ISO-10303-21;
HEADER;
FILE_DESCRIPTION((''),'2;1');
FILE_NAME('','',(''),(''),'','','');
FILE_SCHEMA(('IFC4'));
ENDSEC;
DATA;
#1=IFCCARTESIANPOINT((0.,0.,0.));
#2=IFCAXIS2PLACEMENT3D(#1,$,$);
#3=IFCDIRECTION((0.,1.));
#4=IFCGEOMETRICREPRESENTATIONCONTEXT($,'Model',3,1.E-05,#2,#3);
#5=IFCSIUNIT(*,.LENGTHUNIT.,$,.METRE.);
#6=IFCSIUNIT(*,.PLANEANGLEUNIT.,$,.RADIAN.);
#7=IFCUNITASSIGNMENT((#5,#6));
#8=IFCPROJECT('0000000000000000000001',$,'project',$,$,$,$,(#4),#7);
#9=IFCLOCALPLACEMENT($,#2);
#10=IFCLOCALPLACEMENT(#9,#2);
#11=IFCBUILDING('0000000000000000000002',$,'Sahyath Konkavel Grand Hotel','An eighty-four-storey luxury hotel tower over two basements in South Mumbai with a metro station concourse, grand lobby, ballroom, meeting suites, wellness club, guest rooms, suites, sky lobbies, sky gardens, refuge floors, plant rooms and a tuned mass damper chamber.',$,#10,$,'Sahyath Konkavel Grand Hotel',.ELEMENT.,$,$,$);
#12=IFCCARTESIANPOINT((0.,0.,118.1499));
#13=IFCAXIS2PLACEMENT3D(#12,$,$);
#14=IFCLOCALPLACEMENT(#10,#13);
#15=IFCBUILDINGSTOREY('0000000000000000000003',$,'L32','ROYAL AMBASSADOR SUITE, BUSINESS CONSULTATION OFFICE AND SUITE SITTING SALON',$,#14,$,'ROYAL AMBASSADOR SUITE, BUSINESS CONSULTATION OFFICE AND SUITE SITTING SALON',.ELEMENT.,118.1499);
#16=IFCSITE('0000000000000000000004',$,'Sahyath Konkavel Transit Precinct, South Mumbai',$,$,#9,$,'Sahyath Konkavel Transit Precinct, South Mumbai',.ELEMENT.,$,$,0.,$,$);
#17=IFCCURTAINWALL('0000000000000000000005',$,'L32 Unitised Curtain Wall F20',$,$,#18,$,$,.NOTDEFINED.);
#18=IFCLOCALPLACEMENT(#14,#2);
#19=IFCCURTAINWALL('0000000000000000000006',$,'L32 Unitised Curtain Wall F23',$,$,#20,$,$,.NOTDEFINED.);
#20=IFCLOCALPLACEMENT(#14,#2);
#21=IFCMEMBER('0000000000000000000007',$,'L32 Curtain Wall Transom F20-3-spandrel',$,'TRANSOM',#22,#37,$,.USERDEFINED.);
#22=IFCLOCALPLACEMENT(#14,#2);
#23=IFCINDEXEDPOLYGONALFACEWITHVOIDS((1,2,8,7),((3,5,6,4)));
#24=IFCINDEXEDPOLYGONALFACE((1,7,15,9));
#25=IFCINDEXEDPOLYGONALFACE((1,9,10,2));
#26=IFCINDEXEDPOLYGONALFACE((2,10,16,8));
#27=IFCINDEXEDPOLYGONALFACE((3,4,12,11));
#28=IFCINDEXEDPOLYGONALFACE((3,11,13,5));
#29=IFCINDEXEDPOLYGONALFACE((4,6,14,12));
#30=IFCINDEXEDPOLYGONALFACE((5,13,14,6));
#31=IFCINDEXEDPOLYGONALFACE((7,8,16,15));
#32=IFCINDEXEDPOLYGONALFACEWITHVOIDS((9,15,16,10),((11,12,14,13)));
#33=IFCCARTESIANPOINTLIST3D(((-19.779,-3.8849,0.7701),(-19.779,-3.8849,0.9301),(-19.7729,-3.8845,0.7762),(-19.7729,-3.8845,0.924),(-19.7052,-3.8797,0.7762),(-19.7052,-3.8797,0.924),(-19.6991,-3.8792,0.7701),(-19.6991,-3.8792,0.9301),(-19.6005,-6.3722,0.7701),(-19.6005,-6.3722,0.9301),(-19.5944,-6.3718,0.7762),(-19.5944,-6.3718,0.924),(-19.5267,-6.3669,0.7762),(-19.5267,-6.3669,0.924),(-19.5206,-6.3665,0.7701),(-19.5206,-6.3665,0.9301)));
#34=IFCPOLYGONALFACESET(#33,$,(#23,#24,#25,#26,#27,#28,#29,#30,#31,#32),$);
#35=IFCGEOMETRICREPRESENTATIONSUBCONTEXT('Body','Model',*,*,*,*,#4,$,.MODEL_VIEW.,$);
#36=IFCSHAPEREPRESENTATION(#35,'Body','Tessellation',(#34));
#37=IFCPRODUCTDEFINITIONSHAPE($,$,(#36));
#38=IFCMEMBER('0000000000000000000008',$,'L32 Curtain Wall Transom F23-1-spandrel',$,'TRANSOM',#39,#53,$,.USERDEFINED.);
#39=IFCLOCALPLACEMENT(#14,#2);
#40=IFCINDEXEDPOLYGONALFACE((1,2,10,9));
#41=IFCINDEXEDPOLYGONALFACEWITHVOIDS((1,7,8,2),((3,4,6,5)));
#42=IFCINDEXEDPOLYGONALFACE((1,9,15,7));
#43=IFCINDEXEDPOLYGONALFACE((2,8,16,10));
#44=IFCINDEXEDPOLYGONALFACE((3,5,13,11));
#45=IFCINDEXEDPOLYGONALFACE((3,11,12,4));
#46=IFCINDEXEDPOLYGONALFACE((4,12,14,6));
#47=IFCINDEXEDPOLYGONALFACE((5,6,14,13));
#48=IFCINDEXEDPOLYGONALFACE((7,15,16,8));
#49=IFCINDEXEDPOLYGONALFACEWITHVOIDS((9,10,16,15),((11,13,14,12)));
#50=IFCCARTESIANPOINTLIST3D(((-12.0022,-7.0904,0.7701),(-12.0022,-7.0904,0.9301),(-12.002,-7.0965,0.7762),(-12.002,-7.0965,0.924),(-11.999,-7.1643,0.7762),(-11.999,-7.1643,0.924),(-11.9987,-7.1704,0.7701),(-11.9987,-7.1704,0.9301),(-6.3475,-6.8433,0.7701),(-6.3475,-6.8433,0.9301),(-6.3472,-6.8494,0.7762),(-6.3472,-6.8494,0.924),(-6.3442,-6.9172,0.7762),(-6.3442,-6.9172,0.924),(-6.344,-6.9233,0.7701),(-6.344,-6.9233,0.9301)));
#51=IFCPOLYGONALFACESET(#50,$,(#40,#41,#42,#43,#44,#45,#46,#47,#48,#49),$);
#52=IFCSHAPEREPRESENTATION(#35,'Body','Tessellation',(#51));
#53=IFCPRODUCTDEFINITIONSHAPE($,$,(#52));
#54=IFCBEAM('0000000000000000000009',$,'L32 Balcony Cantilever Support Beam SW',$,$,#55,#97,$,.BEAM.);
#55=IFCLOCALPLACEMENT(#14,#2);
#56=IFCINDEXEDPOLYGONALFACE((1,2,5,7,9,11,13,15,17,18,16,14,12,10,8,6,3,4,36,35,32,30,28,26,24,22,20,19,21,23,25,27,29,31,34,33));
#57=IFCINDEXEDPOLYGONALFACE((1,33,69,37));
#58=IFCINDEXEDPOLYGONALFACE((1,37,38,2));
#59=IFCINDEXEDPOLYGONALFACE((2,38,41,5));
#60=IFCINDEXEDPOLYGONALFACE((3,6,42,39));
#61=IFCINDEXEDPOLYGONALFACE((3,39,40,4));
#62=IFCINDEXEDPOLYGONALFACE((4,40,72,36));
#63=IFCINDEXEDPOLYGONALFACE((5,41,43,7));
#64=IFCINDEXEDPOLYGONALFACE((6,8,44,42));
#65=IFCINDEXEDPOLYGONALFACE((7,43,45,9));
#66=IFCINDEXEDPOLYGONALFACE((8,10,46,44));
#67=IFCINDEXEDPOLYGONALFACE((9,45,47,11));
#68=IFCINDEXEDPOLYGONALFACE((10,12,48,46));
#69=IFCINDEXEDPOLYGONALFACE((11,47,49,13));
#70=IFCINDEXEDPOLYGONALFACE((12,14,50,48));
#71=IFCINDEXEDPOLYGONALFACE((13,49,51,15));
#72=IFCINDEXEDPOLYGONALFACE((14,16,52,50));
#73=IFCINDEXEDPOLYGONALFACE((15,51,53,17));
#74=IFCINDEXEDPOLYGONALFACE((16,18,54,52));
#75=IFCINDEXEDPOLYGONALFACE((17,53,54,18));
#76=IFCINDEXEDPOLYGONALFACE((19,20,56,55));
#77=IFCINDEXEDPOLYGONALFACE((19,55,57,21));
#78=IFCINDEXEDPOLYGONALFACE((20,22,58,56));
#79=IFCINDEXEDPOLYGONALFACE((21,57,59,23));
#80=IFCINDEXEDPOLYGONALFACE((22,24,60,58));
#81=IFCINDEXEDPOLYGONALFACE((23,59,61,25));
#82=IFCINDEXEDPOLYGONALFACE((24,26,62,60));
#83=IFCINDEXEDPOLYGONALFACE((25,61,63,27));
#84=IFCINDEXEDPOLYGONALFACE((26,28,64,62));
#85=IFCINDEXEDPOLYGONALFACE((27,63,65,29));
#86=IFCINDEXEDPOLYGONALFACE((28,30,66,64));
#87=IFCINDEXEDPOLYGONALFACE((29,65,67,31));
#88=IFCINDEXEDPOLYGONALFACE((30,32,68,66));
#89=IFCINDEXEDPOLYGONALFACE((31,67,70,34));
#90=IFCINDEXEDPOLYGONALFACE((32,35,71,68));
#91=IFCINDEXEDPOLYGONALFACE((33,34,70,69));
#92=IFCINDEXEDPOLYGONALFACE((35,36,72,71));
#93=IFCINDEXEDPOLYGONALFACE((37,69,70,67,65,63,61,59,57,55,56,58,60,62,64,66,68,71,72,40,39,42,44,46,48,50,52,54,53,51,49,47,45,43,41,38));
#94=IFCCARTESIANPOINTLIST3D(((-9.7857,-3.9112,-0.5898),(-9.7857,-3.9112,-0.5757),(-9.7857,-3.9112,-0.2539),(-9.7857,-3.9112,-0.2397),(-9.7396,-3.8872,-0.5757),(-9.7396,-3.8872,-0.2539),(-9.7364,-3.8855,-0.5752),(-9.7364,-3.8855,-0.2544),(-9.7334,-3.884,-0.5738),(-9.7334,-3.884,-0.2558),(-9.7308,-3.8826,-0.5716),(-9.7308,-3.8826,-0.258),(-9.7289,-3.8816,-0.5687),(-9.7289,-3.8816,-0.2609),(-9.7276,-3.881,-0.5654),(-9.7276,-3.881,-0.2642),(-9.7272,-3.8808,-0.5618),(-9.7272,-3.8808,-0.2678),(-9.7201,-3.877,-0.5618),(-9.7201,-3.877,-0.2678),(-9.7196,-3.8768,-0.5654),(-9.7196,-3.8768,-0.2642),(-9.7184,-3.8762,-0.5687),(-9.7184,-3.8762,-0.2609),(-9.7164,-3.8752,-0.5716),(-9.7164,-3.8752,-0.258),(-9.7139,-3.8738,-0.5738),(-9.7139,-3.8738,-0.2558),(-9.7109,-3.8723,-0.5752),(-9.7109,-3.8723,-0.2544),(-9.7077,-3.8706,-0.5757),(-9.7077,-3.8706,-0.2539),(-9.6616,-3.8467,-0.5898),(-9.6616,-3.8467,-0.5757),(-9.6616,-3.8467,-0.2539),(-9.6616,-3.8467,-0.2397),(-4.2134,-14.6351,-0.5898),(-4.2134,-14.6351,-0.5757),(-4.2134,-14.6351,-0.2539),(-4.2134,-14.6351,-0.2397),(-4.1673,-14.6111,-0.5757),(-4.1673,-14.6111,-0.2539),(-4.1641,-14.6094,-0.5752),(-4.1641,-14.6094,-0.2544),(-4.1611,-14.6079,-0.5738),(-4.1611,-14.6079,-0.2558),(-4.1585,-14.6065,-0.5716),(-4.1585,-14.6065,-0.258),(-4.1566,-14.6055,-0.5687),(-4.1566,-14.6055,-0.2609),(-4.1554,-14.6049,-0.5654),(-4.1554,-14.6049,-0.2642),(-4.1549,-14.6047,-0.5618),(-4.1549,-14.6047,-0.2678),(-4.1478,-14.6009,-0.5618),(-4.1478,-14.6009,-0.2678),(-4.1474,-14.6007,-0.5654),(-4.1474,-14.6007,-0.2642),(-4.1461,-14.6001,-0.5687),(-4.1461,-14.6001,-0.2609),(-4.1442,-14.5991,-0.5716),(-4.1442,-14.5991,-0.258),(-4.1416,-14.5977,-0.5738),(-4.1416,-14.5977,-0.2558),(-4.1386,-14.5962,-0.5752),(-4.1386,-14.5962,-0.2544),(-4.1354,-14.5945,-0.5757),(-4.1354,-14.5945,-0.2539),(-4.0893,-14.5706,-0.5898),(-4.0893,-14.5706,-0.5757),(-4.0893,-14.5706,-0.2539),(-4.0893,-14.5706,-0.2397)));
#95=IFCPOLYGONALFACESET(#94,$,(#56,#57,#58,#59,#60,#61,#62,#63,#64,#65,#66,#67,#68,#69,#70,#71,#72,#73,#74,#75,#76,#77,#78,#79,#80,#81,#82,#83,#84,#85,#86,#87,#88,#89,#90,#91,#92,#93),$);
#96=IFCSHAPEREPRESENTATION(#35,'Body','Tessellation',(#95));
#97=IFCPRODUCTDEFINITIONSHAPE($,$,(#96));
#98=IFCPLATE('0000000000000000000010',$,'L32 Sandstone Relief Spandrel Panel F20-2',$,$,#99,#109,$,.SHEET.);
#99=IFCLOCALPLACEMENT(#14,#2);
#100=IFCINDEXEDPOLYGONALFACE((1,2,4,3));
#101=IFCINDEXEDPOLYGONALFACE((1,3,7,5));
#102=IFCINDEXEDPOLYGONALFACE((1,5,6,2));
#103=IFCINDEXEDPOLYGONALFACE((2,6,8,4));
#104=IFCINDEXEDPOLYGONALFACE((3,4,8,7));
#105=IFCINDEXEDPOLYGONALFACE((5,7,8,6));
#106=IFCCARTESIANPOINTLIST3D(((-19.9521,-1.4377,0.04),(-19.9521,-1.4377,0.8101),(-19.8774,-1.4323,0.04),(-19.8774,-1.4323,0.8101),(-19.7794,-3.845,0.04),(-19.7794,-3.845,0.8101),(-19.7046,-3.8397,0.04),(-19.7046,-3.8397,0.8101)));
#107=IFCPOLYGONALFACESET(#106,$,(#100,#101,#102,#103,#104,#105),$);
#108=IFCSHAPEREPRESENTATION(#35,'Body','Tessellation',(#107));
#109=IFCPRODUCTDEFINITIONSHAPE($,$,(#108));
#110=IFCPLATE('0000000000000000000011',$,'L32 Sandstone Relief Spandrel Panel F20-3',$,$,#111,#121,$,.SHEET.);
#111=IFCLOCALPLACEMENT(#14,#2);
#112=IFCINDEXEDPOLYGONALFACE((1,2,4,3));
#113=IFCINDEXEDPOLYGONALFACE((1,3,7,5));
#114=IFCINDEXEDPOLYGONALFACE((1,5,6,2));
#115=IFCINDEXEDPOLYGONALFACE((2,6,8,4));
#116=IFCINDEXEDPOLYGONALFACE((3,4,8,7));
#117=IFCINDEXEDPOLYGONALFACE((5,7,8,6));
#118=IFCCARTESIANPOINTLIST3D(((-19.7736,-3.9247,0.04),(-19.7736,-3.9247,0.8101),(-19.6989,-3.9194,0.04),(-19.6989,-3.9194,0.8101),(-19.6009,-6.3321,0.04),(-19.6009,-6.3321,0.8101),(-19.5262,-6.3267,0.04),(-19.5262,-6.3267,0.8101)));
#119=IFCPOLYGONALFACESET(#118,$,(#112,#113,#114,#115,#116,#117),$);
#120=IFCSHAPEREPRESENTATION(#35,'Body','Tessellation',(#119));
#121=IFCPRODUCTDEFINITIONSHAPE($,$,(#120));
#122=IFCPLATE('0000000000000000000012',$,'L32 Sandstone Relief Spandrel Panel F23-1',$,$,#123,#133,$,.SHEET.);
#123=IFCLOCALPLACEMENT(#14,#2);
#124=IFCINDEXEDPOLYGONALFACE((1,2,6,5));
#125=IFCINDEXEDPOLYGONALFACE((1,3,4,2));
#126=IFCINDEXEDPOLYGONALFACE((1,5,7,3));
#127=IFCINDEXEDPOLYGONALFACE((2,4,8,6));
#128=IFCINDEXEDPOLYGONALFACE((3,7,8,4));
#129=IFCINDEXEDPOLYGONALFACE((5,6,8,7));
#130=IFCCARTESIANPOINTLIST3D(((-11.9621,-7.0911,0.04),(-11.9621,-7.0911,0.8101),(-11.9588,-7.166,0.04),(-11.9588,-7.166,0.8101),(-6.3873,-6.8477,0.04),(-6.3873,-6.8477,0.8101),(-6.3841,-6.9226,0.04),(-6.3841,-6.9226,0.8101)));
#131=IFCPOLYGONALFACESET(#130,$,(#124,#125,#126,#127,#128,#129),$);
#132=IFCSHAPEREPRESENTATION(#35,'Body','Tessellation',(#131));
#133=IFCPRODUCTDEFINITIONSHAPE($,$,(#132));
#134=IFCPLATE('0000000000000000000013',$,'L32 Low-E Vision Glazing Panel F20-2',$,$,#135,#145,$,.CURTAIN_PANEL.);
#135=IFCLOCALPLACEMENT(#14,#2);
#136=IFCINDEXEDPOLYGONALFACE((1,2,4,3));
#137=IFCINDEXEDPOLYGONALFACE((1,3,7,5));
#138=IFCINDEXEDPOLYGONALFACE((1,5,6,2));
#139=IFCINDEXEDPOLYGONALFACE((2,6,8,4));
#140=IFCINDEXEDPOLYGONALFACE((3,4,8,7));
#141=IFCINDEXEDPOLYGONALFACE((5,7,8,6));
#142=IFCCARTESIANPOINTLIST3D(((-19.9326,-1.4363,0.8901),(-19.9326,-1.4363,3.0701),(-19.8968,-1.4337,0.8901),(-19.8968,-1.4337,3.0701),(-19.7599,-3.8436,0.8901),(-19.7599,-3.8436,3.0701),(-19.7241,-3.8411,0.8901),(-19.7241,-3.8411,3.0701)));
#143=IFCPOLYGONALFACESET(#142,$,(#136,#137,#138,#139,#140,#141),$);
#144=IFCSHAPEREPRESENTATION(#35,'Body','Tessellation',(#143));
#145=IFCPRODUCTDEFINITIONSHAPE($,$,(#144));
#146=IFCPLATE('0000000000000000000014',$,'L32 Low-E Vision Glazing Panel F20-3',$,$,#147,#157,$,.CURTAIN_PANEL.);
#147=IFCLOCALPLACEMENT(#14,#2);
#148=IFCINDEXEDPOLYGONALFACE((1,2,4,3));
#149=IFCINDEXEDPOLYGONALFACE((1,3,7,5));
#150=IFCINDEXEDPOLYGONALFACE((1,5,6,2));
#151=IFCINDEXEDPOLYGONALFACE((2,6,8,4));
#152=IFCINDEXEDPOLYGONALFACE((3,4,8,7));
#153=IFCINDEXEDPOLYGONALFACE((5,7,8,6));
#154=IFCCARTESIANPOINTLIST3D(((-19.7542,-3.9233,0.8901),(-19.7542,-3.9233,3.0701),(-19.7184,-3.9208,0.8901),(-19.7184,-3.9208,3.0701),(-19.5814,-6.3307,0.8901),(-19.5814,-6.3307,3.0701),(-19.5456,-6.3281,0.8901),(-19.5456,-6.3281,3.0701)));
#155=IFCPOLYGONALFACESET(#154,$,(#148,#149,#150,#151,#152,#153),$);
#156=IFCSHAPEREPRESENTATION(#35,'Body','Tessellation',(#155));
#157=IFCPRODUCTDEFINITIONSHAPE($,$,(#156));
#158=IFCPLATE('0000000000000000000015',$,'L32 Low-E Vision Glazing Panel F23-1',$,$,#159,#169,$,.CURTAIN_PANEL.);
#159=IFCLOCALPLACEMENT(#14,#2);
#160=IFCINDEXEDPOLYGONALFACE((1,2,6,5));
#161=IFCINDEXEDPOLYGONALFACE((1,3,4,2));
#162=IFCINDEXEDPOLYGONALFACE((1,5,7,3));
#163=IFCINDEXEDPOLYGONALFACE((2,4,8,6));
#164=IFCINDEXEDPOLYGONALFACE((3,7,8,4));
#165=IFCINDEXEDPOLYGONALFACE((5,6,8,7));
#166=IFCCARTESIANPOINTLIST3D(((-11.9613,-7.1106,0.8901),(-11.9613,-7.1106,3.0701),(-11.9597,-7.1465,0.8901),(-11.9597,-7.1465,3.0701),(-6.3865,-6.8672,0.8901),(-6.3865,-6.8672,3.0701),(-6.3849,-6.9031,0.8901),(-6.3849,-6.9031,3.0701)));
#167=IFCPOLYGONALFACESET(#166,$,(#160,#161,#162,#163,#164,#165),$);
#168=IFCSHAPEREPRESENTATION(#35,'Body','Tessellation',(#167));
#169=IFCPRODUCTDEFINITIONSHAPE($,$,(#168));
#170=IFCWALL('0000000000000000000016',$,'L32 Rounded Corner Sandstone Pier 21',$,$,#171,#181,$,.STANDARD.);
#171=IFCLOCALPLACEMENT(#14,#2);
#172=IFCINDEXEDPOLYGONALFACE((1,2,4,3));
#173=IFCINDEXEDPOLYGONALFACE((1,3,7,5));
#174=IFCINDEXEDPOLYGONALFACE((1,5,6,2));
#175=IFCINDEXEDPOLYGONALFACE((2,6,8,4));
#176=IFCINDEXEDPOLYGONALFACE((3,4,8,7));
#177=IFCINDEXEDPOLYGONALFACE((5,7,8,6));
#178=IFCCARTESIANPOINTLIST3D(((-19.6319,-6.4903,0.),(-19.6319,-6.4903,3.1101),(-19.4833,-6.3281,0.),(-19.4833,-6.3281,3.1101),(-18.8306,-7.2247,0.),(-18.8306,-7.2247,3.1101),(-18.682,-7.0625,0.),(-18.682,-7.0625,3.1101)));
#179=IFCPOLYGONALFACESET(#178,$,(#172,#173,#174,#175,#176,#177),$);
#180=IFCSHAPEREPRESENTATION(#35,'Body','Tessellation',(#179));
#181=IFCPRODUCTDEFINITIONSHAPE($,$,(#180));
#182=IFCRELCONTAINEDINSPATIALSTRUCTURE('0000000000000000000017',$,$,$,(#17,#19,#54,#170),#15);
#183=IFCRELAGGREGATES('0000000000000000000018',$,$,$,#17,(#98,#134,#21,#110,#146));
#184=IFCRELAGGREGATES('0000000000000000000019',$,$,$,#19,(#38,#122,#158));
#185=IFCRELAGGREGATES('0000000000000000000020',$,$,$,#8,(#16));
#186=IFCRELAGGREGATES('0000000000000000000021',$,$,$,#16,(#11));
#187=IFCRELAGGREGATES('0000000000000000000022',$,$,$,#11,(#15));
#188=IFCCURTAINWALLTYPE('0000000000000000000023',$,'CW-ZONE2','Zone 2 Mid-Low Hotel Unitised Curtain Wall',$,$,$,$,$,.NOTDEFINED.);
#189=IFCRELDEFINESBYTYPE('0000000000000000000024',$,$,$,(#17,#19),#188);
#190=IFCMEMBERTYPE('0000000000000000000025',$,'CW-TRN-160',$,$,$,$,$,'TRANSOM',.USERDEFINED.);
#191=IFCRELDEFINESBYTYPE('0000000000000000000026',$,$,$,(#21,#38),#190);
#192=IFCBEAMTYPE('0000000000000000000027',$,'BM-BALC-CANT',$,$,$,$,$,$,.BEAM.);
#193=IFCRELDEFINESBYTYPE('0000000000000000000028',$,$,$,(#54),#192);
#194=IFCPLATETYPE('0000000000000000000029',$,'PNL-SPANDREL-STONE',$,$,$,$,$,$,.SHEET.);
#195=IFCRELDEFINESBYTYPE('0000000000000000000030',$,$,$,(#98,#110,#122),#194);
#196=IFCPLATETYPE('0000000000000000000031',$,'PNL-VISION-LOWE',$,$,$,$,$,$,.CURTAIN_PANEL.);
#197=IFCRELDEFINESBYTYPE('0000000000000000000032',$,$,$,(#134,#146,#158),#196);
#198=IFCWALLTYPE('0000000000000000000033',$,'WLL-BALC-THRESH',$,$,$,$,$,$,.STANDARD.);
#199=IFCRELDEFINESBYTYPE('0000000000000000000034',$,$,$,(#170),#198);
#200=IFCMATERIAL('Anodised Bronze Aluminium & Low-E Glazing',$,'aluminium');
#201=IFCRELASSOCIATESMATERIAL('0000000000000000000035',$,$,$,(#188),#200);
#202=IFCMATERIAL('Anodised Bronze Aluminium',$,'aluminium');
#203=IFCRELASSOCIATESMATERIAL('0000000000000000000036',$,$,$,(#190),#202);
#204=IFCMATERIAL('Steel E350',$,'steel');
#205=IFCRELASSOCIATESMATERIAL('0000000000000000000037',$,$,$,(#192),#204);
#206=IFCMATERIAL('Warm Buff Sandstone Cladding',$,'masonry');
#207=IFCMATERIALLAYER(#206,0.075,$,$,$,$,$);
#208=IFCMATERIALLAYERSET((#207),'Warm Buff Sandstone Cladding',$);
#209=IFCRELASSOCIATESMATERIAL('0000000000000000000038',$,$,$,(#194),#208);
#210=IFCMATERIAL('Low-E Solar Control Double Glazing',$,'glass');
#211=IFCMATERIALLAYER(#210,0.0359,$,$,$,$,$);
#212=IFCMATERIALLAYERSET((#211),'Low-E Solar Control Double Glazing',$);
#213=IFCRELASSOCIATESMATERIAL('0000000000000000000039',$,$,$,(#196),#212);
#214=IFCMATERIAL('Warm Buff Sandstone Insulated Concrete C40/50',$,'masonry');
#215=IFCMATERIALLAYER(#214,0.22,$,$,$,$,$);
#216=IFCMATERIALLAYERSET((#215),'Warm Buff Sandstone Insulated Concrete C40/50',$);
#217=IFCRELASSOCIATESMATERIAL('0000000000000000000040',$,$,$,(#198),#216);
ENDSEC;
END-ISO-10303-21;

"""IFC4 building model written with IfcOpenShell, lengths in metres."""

from ifc_helpers import new_model, si_unit, direction, frame, frame_2d, origin, origin_2d, place, context, subcontext, project, spatial, rectangle, hollow_rectangle, i_section, extrude, source, transform, mapped, material, layer, layer_set, material_profile, profile_set, type_object, element, aggregate, save


model = new_model("IFC4")

# Units and contexts
model_context = context("Model", 3, precision=1e-05, world=origin(), true_north=direction((0.0, 1.0)))
body_context = subcontext(model_context, "Body", "Model", "MODEL_VIEW")
ifc_project = project(units=[si_unit("LENGTHUNIT", "METRE"), si_unit("PLANEANGLEUNIT", "RADIAN")], contexts=[model_context])

# Site, building, storey
site_placement = place(None, origin())
site = spatial("IfcSite", under=ifc_project, at=site_placement, Name="Sahyath Konkavel Transit Precinct, South Mumbai", LongName="Sahyath Konkavel Transit Precinct, South Mumbai", CompositionType="ELEMENT", RefElevation=0.0)
building_placement = place(site_placement, origin())
building = spatial("IfcBuilding", under=site, at=building_placement, Name="Sahyath Konkavel Grand Hotel", Description="An eighty-four-storey luxury hotel tower over two basements in South Mumbai with a metro station concourse, grand lobby, ballroom, meeting suites, wellness club, guest rooms, suites, sky lobbies, sky gardens, refuge floors, plant rooms and a tuned mass damper chamber.", LongName="Sahyath Konkavel Grand Hotel", CompositionType="ELEMENT")
storey_placement = place(building_placement, frame((0.0, 0.0, 118.1499)))
storey = spatial("IfcBuildingStorey", under=building, at=storey_placement, Name="L32", Description="ROYAL AMBASSADOR SUITE, BUSINESS CONSULTATION OFFICE AND SUITE SITTING SALON", LongName="ROYAL AMBASSADOR SUITE, BUSINESS CONSULTATION OFFICE AND SUITE SITTING SALON", CompositionType="ELEMENT", Elevation=118.1499)

# Shared definitions
ifc_material_1 = material(Name="Steel E350", Category="steel")

# Curtain wall
ifc_material_2 = material(Name="Anodised Bronze Aluminium & Low-E Glazing", Category="aluminium")
curtain_wall_type = type_object("IfcCurtainWallType", Name="CW-ZONE2", Description="Zone 2 Mid-Low Hotel Unitised Curtain Wall", PredefinedType="NOTDEFINED", material=ifc_material_2)
curtain_wall_1_placement = place(storey_placement, origin())
curtain_wall_1 = element("IfcCurtainWall", 1, at=curtain_wall_1_placement, inside=storey, type_object=curtain_wall_type, Name="L32 Unitised Curtain Wall F20", PredefinedType="NOTDEFINED")
ifc_material_3 = material(Name="Anodised Bronze Aluminium", Category="aluminium")

# Curtain wall
curtain_wall_2_placement = place(storey_placement, origin())
curtain_wall_2 = element("IfcCurtainWall", 2, at=curtain_wall_2_placement, inside=storey, type_object=curtain_wall_type, Name="L32 Unitised Curtain Wall F23", PredefinedType="NOTDEFINED")

# Members
ifc_material_profile_1 = material_profile(ifc_material_3, hollow_rectangle(XDim=0.0801, YDim=0.1599, WallThickness=0.0061, at=origin_2d()), Name="RHS 160x80x6")
ifc_profile_set_1 = profile_set([ifc_material_profile_1], Name="Anodised Bronze Aluminium")
member_type_1 = type_object("IfcMemberType", Name="CW-TRN-160", ElementType="TRANSOM", PredefinedType="USERDEFINED", material=ifc_profile_set_1)
shared_shape_1 = source(origin(), body_context, "Body", "SweptSolid", [
    extrude(hollow_rectangle(XDim=0.0801, YDim=0.1599, WallThickness=0.0061, at=origin_2d()), origin(), (0.0, 0.0, 1.0), 2.4937),
])
member_1_placement = place(storey_placement, frame((-19.739, -3.8821, 0.8501), z_axis=(0.071567, -0.997436, 0.0), x_axis=(0.997436, 0.071567, 0.0)))
member_1 = element("IfcMember", 3, at=member_1_placement, type_object=member_type_1, Name="L32 Curtain Wall Transom F20-3-spandrel", ObjectType="TRANSOM", PredefinedType="USERDEFINED", context=body_context, shape_type="MappedRepresentation", body=[
    mapped(shared_shape_1, transform((0.0, 0.0, 0.0), scale=1.0)),
])
shared_shape_2 = source(origin(), body_context, "Body", "SweptSolid", [
    extrude(hollow_rectangle(XDim=0.0801, YDim=0.1599, WallThickness=0.0061, at=origin_2d()), origin(), (0.0, 0.0, 1.0), 5.6602),
])
member_2_placement = place(storey_placement, frame((-12.0005, -7.1304, 0.8501), z_axis=(0.999047, 0.043651, 0.0), x_axis=(-0.043651, 0.999047, 0.0)))
member_2 = element("IfcMember", 4, at=member_2_placement, type_object=member_type_1, Name="L32 Curtain Wall Transom F23-1-spandrel", ObjectType="TRANSOM", PredefinedType="USERDEFINED", context=body_context, shape_type="MappedRepresentation", body=[
    mapped(shared_shape_2, transform((0.0, 0.0, 0.0), scale=1.0)),
])

# Beam
ifc_material_profile_2 = material_profile(ifc_material_1, i_section(OverallWidth=0.1399, OverallDepth=0.3501, WebThickness=0.0081, FlangeThickness=0.0142, FilletRadius=0.0139, at=origin_2d()), Name="ISMB 350")
ifc_profile_set_2 = profile_set([ifc_material_profile_2], Name="Steel E350")
beam_type_1 = type_object("IfcBeamType", Name="BM-BALC-CANT", PredefinedType="BEAM", material=ifc_profile_set_2)
shared_shape_3 = source(origin(), body_context, "Body", "SweptSolid", [
    extrude(i_section(OverallWidth=0.1399, OverallDepth=0.3501, WebThickness=0.0081, FlangeThickness=0.0142, FilletRadius=0.0139, at=origin_2d()), origin(), (0.0, 0.0, 1.0), 12.0852),
])
beam_1_placement = place(storey_placement, frame((-9.7236, -3.8789, -0.4148), z_axis=(0.461082, -0.887357, 0.0), x_axis=(0.887357, 0.461082, 0.0)))
element("IfcBeam", 5, at=beam_1_placement, inside=storey, type_object=beam_type_1, Name="L32 Balcony Cantilever Support Beam SW", PredefinedType="BEAM", context=body_context, shape_type="MappedRepresentation", body=[
    mapped(shared_shape_3, transform((0.0, 0.0, 0.0), scale=1.0)),
])

# Plates
ifc_material_4 = material(Name="Warm Buff Sandstone Cladding", Category="masonry")
ifc_layer_1 = layer(ifc_material_4, 0.075)
ifc_layer_set_1 = layer_set([ifc_layer_1], Name="Warm Buff Sandstone Cladding")
plate_type_1 = type_object("IfcPlateType", Name="PNL-SPANDREL-STONE", PredefinedType="SHEET", material=ifc_layer_set_1)
shared_shape_4 = source(origin(), body_context, "Body", "SweptSolid", [
    extrude(rectangle(XDim=2.4136, YDim=0.075, at=origin_2d()), origin(), (0.0, 0.0, 1.0), 0.77),
])
plate_1_placement = place(storey_placement, frame((-19.8284, -2.6387, 0.04), z_axis=(0.0, 0.0, 1.0), x_axis=(0.071567, -0.997436, 0.0)))
plate_1 = element("IfcPlate", 6, at=plate_1_placement, type_object=plate_type_1, Name="L32 Sandstone Relief Spandrel Panel F20-2", PredefinedType="SHEET", context=body_context, shape_type="MappedRepresentation", body=[
    mapped(shared_shape_4, transform((0.0, 0.0, 0.0), scale=1.0)),
])
plate_2_placement = place(storey_placement, frame((-19.6499, -5.1257, 0.04), z_axis=(0.0, 0.0, 1.0), x_axis=(0.071567, -0.997436, 0.0)))
plate_2 = element("IfcPlate", 7, at=plate_2_placement, type_object=plate_type_1, Name="L32 Sandstone Relief Spandrel Panel F20-3", PredefinedType="SHEET", context=body_context, shape_type="MappedRepresentation", body=[
    mapped(shared_shape_4, transform((0.0, 0.0, 0.0), scale=1.0)),
])
shared_shape_5 = source(origin(), body_context, "Body", "SweptSolid", [
    extrude(rectangle(XDim=5.5801, YDim=0.075, at=origin_2d()), origin(), (0.0, 0.0, 1.0), 0.77),
])
plate_3_placement = place(storey_placement, frame((-9.1731, -7.0068, 0.04), z_axis=(0.0, 0.0, 1.0), x_axis=(0.999048, 0.043619, 0.0)))
plate_3 = element("IfcPlate", 8, at=plate_3_placement, type_object=plate_type_1, Name="L32 Sandstone Relief Spandrel Panel F23-1", PredefinedType="SHEET", context=body_context, shape_type="MappedRepresentation", body=[
    mapped(shared_shape_5, transform((0.0, 0.0, 0.0), scale=1.0)),
])
ifc_material_5 = material(Name="Low-E Solar Control Double Glazing", Category="glass")
ifc_layer_2 = layer(ifc_material_5, 0.0359)
ifc_layer_set_2 = layer_set([ifc_layer_2], Name="Low-E Solar Control Double Glazing")
plate_type_2 = type_object("IfcPlateType", Name="PNL-VISION-LOWE", PredefinedType="CURTAIN_PANEL", material=ifc_layer_set_2)
shared_shape_6 = source(origin(), body_context, "Body", "SweptSolid", [
    extrude(rectangle(XDim=2.4136, YDim=0.0359, at=origin_2d()), origin(), (0.0, 0.0, 1.0), 2.1799),
])
plate_4_placement = place(storey_placement, frame((-19.8284, -2.6387, 0.8901), z_axis=(0.0, 0.0, 1.0), x_axis=(0.071567, -0.997436, 0.0)))
plate_4 = element("IfcPlate", 9, at=plate_4_placement, type_object=plate_type_2, Name="L32 Low-E Vision Glazing Panel F20-2", PredefinedType="CURTAIN_PANEL", context=body_context, shape_type="MappedRepresentation", body=[
    mapped(shared_shape_6, transform((0.0, 0.0, 0.0), scale=1.0)),
])
plate_5_placement = place(storey_placement, frame((-19.6499, -5.1257, 0.8901), z_axis=(0.0, 0.0, 1.0), x_axis=(0.071567, -0.997436, 0.0)))
plate_5 = element("IfcPlate", 10, at=plate_5_placement, type_object=plate_type_2, Name="L32 Low-E Vision Glazing Panel F20-3", PredefinedType="CURTAIN_PANEL", context=body_context, shape_type="MappedRepresentation", body=[
    mapped(shared_shape_6, transform((0.0, 0.0, 0.0), scale=1.0)),
])
aggregate(curtain_wall_1, [plate_1, plate_4, member_1, plate_2, plate_5])
shared_shape_7 = source(origin(), body_context, "Body", "SweptSolid", [
    extrude(rectangle(XDim=5.5801, YDim=0.0359, at=origin_2d()), origin(), (0.0, 0.0, 1.0), 2.1799),
])
plate_6_placement = place(storey_placement, frame((-9.1731, -7.0068, 0.8901), z_axis=(0.0, 0.0, 1.0), x_axis=(0.999048, 0.043619, 0.0)))
plate_6 = element("IfcPlate", 11, at=plate_6_placement, type_object=plate_type_2, Name="L32 Low-E Vision Glazing Panel F23-1", PredefinedType="CURTAIN_PANEL", context=body_context, shape_type="MappedRepresentation", body=[
    mapped(shared_shape_7, transform((0.0, 0.0, 0.0), scale=1.0)),
])
aggregate(curtain_wall_2, [member_2, plate_3, plate_6])

# Wall
ifc_material_6 = material(Name="Warm Buff Sandstone Insulated Concrete C40/50", Category="masonry")
ifc_layer_3 = layer(ifc_material_6, 0.22)
ifc_layer_set_3 = layer_set([ifc_layer_3], Name="Warm Buff Sandstone Insulated Concrete C40/50")
wall_type_1 = type_object("IfcWallType", Name="WLL-BALC-THRESH", PredefinedType="STANDARD", material=ifc_layer_set_3)
wall_1_placement = place(storey_placement, frame((-19.5576, -6.4092, 0.0), z_axis=(0.0, 0.0, 1.0), x_axis=(0.73721, -0.675664, 0.0)))
element("IfcWall", 12, at=wall_1_placement, inside=storey, type_object=wall_type_1, Name="L32 Rounded Corner Sandstone Pier 21", PredefinedType="STANDARD", context=body_context, shape_type="SweptSolid", body=[
    extrude(rectangle(XDim=1.0869, YDim=0.22, at=frame_2d((0.5435, 0.0))), origin(), (0.0, 0.0, 1.0), 3.1101),
])

save(model, "model.ifc")
